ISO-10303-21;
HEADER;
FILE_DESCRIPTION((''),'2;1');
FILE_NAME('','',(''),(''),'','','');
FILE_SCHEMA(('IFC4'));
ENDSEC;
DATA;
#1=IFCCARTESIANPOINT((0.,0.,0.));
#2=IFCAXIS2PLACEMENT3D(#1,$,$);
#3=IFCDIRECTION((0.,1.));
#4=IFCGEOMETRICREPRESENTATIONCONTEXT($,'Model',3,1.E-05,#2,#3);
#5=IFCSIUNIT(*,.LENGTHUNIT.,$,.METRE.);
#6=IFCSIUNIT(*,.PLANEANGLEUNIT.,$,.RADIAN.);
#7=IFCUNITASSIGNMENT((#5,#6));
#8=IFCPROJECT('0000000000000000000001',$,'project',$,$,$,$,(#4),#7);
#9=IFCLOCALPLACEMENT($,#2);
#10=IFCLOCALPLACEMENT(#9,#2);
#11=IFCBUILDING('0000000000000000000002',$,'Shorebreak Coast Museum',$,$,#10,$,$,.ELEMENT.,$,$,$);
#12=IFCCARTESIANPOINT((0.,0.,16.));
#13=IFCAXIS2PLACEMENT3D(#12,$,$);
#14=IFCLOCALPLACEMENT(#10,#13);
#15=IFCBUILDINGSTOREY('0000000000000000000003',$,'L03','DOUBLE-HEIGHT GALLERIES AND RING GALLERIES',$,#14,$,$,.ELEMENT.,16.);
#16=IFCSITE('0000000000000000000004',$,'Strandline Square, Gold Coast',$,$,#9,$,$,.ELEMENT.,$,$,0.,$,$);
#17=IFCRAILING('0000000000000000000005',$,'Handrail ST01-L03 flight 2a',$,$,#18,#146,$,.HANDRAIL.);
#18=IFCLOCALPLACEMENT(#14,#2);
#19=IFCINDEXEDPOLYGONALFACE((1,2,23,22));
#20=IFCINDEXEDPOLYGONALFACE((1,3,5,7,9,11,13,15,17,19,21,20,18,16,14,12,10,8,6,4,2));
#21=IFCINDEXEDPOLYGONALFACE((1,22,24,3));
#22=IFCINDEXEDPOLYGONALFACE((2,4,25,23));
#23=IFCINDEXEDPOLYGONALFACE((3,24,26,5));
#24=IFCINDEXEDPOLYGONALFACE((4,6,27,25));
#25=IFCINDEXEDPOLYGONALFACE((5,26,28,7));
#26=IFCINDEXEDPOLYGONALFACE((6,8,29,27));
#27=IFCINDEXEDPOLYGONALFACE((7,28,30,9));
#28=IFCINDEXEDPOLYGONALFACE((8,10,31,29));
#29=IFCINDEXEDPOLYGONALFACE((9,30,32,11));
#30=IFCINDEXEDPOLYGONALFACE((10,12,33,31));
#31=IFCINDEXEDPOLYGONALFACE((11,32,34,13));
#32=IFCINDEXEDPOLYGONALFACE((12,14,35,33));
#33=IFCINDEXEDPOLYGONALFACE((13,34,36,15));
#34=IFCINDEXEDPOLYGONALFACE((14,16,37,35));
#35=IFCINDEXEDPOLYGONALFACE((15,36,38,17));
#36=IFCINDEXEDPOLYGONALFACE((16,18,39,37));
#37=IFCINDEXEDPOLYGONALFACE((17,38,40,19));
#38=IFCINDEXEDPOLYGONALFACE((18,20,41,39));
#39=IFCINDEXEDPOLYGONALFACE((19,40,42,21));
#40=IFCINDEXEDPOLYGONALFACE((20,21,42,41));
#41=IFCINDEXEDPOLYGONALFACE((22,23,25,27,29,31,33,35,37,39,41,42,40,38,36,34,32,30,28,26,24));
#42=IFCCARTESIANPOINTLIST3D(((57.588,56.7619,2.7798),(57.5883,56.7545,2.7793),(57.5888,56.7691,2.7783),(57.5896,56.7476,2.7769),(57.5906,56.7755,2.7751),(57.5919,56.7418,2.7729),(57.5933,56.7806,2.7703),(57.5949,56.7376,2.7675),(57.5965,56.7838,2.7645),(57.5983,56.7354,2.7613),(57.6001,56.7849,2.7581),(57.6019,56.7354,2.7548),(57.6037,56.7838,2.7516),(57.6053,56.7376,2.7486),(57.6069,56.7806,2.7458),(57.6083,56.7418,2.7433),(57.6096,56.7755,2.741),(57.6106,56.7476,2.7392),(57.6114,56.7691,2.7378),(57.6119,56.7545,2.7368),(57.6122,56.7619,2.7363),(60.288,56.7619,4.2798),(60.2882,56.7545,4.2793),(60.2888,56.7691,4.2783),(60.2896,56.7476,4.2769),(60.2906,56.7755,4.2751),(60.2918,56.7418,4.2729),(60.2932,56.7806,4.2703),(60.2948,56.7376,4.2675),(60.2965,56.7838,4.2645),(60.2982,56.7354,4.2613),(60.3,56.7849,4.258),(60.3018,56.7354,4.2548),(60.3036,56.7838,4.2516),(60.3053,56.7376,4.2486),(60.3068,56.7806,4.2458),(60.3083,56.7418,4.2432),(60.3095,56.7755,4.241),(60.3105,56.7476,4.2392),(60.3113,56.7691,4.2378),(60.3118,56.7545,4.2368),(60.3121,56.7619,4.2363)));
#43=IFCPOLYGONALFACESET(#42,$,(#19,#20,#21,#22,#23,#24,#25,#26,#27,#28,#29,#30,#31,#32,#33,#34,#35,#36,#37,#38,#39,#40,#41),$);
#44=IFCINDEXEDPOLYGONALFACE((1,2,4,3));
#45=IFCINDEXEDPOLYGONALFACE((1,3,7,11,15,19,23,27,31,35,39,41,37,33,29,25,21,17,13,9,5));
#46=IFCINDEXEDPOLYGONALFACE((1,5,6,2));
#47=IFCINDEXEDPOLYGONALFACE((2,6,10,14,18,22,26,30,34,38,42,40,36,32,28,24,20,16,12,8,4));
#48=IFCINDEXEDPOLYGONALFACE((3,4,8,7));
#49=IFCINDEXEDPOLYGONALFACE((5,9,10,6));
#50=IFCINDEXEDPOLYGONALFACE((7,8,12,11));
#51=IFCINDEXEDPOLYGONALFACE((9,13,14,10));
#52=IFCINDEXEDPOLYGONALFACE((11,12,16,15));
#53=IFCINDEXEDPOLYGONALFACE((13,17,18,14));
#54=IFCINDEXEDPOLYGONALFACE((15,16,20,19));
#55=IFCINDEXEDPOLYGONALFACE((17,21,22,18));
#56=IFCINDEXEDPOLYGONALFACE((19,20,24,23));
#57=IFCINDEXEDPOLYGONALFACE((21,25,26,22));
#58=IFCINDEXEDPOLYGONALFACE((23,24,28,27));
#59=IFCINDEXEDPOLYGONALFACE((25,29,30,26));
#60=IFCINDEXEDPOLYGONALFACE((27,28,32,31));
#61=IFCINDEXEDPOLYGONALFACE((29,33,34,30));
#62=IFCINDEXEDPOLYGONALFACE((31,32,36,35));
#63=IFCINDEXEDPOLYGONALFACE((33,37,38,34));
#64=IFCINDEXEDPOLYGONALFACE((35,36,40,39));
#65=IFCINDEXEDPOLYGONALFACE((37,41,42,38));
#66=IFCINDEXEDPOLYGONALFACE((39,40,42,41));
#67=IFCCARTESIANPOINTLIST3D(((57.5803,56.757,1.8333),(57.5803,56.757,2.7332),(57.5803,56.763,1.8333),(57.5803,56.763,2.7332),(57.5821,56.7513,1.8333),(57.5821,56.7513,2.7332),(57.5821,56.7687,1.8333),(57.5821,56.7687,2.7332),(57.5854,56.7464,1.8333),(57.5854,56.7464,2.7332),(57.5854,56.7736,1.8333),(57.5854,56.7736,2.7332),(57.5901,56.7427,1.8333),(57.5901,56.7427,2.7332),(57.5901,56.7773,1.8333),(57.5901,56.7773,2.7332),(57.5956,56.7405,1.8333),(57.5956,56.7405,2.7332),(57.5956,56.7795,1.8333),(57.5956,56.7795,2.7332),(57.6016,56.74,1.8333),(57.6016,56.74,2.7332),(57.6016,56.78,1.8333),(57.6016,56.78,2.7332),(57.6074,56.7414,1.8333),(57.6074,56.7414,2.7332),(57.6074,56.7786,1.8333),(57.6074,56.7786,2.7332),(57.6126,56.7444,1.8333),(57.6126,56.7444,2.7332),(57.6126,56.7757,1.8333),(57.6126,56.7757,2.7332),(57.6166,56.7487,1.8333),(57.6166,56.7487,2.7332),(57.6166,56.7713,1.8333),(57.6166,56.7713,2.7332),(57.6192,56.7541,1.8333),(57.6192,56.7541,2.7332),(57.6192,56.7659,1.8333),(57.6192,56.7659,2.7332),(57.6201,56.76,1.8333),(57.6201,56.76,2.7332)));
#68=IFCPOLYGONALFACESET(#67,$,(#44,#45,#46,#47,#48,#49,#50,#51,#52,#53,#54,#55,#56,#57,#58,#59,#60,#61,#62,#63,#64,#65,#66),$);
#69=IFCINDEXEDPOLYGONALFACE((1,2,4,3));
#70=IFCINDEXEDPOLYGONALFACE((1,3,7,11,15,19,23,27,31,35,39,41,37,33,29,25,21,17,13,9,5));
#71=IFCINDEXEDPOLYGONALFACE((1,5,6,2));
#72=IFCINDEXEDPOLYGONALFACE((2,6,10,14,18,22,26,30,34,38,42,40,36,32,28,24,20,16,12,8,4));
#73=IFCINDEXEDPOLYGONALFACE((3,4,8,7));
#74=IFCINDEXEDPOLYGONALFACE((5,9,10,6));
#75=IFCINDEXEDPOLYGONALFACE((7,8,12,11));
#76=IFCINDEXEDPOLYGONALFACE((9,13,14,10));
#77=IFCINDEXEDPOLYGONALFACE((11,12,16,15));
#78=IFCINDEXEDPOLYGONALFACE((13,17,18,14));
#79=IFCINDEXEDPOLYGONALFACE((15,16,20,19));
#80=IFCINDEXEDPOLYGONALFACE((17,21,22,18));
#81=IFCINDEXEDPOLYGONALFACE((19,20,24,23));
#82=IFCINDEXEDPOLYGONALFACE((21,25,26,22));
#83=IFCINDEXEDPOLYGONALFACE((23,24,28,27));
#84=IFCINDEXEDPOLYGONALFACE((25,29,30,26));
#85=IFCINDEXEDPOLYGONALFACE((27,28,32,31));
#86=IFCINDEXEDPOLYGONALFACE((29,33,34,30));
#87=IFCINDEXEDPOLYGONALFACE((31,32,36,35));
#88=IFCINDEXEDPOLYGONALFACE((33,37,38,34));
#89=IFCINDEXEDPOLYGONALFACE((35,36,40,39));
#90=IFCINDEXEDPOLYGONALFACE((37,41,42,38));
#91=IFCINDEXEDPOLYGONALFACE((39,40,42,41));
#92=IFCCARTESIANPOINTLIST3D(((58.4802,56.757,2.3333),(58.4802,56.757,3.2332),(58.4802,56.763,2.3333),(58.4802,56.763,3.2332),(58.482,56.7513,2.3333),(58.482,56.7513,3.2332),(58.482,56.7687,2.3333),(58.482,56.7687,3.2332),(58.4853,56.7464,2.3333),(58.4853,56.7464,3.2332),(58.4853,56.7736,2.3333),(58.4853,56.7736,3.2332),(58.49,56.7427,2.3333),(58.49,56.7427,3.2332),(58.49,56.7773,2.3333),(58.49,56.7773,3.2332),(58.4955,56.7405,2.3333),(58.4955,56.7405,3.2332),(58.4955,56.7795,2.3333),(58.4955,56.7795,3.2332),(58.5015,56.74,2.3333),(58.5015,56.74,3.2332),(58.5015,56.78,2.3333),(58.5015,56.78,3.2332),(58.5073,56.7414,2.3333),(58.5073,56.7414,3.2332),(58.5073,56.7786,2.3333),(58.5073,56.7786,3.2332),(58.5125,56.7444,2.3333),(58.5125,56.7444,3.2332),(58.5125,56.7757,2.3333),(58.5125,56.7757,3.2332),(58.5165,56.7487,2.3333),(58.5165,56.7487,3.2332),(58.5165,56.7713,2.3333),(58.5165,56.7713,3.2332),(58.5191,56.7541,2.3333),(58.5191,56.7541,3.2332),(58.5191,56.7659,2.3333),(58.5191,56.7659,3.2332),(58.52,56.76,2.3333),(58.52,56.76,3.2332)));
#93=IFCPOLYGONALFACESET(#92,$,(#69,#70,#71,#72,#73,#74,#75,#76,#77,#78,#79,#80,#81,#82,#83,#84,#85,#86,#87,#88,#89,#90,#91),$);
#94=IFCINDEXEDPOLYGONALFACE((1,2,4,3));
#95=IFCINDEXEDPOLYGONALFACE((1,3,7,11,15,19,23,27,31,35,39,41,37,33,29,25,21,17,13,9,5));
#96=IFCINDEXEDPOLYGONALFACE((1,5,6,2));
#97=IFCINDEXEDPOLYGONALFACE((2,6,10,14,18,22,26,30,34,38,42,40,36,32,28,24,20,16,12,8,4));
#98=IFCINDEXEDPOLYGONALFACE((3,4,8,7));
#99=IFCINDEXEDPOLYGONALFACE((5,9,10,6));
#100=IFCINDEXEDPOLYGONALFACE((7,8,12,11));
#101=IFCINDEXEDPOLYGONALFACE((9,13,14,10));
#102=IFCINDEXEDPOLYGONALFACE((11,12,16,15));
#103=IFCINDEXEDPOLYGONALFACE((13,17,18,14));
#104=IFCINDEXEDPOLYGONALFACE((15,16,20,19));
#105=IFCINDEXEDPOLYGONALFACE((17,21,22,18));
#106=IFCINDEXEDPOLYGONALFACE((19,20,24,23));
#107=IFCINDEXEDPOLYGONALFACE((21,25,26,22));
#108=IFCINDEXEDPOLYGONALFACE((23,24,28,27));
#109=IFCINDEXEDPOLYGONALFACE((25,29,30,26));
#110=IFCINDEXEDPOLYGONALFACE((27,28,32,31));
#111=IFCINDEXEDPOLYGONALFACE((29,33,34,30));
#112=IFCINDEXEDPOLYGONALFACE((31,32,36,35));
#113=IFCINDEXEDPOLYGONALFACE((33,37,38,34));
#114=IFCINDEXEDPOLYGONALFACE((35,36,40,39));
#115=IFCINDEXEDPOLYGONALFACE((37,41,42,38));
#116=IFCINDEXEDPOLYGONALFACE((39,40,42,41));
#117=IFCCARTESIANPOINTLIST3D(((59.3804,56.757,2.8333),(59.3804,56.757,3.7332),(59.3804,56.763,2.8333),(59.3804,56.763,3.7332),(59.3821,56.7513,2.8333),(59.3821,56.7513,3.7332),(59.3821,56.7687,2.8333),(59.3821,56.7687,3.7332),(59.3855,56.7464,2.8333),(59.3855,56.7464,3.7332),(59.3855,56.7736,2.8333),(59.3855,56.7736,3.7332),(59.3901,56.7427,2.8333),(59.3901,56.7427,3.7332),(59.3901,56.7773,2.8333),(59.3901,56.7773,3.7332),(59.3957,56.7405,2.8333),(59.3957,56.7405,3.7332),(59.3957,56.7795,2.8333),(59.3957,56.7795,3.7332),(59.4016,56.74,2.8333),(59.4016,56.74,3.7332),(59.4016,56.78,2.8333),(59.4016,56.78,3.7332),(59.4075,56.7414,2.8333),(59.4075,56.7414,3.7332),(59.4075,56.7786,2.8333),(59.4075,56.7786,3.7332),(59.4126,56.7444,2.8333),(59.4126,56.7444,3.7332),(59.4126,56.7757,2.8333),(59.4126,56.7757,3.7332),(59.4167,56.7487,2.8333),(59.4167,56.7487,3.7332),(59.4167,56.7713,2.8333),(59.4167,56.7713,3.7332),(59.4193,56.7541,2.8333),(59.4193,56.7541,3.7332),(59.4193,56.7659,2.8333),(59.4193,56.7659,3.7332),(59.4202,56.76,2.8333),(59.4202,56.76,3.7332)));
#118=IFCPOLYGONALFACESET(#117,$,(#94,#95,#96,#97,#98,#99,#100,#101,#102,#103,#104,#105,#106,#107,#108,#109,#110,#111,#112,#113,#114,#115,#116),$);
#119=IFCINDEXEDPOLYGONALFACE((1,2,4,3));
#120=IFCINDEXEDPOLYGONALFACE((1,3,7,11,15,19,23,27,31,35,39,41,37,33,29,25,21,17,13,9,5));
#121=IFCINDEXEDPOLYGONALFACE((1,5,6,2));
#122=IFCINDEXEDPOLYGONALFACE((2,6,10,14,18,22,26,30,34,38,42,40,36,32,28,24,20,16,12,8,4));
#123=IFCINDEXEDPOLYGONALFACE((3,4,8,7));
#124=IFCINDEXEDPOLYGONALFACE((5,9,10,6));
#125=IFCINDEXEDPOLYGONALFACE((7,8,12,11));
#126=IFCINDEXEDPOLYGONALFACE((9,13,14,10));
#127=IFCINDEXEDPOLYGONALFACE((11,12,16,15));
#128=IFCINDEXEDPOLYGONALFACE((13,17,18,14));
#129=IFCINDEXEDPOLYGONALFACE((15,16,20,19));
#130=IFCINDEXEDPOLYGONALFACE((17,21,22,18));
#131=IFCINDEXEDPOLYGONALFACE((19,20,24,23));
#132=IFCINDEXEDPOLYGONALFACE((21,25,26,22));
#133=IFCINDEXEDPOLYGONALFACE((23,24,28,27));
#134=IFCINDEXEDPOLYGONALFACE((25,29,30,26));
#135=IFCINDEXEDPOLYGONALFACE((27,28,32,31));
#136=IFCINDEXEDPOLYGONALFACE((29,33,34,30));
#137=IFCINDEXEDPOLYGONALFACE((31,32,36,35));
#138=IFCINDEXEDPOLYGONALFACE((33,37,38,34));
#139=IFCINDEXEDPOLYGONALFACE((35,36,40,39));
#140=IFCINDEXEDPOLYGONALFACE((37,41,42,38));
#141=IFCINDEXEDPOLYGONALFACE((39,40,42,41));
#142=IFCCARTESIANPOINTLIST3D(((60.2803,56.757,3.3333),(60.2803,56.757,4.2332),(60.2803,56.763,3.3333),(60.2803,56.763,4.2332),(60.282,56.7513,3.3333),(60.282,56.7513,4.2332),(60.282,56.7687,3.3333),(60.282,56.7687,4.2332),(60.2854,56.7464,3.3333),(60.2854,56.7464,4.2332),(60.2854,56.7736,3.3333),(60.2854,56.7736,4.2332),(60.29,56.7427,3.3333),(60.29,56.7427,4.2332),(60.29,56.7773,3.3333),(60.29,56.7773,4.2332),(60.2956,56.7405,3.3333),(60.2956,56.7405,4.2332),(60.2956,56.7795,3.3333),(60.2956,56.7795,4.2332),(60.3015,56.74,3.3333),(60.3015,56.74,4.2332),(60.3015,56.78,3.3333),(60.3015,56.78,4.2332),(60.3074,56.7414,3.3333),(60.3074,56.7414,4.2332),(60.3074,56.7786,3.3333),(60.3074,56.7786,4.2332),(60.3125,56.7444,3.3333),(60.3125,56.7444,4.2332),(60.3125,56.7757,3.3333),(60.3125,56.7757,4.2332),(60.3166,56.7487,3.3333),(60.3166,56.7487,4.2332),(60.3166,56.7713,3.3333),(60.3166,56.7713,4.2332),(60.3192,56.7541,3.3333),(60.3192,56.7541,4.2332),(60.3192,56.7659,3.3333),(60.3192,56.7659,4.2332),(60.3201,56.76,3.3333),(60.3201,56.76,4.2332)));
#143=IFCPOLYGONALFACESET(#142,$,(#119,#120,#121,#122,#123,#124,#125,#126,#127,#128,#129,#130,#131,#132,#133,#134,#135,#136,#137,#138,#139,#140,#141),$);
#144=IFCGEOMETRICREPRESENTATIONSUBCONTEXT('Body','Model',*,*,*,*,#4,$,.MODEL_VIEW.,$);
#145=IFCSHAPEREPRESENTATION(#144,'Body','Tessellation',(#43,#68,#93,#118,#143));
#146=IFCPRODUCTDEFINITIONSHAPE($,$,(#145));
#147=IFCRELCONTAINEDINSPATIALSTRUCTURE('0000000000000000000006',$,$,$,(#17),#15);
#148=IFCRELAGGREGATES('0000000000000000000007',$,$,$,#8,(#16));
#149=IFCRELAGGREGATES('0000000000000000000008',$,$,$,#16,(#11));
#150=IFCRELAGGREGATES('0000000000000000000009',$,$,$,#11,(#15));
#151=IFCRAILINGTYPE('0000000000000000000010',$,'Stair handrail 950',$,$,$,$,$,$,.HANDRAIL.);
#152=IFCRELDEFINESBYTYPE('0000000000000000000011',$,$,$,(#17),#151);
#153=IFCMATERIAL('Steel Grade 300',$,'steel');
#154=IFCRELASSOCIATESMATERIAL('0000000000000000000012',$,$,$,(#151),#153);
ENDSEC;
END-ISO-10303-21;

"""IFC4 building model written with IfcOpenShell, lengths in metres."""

from ifc_helpers import new_model, si_unit, direction, frame, origin, origin_2d, place, context, subcontext, project, spatial, circle, extrude, material, type_object, element, save


model = new_model("IFC4")

# Units and contexts
model_context = context("Model", 3, precision=1e-05, world=origin(), true_north=direction((0.0, 1.0)))
body_context = subcontext(model_context, "Body", "Model", "MODEL_VIEW")
ifc_project = project(units=[si_unit("LENGTHUNIT", "METRE"), si_unit("PLANEANGLEUNIT", "RADIAN")], contexts=[model_context])

# Site, building, storey
site_placement = place(None, origin())
site = spatial("IfcSite", under=ifc_project, at=site_placement, Name="Strandline Square, Gold Coast", CompositionType="ELEMENT", RefElevation=0.0)
building_placement = place(site_placement, origin())
building = spatial("IfcBuilding", under=site, at=building_placement, Name="Shorebreak Coast Museum", CompositionType="ELEMENT")
storey_placement = place(building_placement, frame((0.0, 0.0, 16.0)))
storey = spatial("IfcBuildingStorey", under=building, at=storey_placement, Name="L03", Description="DOUBLE-HEIGHT GALLERIES AND RING GALLERIES", CompositionType="ELEMENT", Elevation=16.0)

# Railing
ifc_material_1 = material(Name="Steel Grade 300", Category="steel")
railing_type_1 = type_object("IfcRailingType", Name="Stair handrail 950", PredefinedType="HANDRAIL", material=ifc_material_1)
for number, where, name in (
    (1, (57.6001, 56.76, 1.8333), "Handrail ST01-L03 flight 2a"),
):
    element("IfcRailing", number, at=place(storey_placement, frame(where)), inside=storey, type_object=railing_type_1, Name=name, PredefinedType="HANDRAIL", context=body_context, shape_type="SweptSolid", body=[
        extrude(circle(Radius=0.0249, at=origin_2d()), frame((0.0, 0.0, 0.9248), z_axis=(0.874154, 0.0, 0.48565), x_axis=(0.0, 1.0, 0.0)), (0.0, 0.0, 1.0), 3.0886),
        extrude(circle(Radius=0.02, at=origin_2d()), origin(), (0.0, 0.0, 1.0), 0.8999),
        extrude(circle(Radius=0.02, at=origin_2d()), frame((0.8999, 0.0, 0.5)), (0.0, 0.0, 1.0), 0.8999),
        extrude(circle(Radius=0.02, at=origin_2d()), frame((1.8, 0.0, 1.0)), (0.0, 0.0, 1.0), 0.8999),
        extrude(circle(Radius=0.02, at=origin_2d()), frame((2.7, 0.0, 1.5)), (0.0, 0.0, 1.0), 0.8999),
    ])

save(model, "model.ifc")
